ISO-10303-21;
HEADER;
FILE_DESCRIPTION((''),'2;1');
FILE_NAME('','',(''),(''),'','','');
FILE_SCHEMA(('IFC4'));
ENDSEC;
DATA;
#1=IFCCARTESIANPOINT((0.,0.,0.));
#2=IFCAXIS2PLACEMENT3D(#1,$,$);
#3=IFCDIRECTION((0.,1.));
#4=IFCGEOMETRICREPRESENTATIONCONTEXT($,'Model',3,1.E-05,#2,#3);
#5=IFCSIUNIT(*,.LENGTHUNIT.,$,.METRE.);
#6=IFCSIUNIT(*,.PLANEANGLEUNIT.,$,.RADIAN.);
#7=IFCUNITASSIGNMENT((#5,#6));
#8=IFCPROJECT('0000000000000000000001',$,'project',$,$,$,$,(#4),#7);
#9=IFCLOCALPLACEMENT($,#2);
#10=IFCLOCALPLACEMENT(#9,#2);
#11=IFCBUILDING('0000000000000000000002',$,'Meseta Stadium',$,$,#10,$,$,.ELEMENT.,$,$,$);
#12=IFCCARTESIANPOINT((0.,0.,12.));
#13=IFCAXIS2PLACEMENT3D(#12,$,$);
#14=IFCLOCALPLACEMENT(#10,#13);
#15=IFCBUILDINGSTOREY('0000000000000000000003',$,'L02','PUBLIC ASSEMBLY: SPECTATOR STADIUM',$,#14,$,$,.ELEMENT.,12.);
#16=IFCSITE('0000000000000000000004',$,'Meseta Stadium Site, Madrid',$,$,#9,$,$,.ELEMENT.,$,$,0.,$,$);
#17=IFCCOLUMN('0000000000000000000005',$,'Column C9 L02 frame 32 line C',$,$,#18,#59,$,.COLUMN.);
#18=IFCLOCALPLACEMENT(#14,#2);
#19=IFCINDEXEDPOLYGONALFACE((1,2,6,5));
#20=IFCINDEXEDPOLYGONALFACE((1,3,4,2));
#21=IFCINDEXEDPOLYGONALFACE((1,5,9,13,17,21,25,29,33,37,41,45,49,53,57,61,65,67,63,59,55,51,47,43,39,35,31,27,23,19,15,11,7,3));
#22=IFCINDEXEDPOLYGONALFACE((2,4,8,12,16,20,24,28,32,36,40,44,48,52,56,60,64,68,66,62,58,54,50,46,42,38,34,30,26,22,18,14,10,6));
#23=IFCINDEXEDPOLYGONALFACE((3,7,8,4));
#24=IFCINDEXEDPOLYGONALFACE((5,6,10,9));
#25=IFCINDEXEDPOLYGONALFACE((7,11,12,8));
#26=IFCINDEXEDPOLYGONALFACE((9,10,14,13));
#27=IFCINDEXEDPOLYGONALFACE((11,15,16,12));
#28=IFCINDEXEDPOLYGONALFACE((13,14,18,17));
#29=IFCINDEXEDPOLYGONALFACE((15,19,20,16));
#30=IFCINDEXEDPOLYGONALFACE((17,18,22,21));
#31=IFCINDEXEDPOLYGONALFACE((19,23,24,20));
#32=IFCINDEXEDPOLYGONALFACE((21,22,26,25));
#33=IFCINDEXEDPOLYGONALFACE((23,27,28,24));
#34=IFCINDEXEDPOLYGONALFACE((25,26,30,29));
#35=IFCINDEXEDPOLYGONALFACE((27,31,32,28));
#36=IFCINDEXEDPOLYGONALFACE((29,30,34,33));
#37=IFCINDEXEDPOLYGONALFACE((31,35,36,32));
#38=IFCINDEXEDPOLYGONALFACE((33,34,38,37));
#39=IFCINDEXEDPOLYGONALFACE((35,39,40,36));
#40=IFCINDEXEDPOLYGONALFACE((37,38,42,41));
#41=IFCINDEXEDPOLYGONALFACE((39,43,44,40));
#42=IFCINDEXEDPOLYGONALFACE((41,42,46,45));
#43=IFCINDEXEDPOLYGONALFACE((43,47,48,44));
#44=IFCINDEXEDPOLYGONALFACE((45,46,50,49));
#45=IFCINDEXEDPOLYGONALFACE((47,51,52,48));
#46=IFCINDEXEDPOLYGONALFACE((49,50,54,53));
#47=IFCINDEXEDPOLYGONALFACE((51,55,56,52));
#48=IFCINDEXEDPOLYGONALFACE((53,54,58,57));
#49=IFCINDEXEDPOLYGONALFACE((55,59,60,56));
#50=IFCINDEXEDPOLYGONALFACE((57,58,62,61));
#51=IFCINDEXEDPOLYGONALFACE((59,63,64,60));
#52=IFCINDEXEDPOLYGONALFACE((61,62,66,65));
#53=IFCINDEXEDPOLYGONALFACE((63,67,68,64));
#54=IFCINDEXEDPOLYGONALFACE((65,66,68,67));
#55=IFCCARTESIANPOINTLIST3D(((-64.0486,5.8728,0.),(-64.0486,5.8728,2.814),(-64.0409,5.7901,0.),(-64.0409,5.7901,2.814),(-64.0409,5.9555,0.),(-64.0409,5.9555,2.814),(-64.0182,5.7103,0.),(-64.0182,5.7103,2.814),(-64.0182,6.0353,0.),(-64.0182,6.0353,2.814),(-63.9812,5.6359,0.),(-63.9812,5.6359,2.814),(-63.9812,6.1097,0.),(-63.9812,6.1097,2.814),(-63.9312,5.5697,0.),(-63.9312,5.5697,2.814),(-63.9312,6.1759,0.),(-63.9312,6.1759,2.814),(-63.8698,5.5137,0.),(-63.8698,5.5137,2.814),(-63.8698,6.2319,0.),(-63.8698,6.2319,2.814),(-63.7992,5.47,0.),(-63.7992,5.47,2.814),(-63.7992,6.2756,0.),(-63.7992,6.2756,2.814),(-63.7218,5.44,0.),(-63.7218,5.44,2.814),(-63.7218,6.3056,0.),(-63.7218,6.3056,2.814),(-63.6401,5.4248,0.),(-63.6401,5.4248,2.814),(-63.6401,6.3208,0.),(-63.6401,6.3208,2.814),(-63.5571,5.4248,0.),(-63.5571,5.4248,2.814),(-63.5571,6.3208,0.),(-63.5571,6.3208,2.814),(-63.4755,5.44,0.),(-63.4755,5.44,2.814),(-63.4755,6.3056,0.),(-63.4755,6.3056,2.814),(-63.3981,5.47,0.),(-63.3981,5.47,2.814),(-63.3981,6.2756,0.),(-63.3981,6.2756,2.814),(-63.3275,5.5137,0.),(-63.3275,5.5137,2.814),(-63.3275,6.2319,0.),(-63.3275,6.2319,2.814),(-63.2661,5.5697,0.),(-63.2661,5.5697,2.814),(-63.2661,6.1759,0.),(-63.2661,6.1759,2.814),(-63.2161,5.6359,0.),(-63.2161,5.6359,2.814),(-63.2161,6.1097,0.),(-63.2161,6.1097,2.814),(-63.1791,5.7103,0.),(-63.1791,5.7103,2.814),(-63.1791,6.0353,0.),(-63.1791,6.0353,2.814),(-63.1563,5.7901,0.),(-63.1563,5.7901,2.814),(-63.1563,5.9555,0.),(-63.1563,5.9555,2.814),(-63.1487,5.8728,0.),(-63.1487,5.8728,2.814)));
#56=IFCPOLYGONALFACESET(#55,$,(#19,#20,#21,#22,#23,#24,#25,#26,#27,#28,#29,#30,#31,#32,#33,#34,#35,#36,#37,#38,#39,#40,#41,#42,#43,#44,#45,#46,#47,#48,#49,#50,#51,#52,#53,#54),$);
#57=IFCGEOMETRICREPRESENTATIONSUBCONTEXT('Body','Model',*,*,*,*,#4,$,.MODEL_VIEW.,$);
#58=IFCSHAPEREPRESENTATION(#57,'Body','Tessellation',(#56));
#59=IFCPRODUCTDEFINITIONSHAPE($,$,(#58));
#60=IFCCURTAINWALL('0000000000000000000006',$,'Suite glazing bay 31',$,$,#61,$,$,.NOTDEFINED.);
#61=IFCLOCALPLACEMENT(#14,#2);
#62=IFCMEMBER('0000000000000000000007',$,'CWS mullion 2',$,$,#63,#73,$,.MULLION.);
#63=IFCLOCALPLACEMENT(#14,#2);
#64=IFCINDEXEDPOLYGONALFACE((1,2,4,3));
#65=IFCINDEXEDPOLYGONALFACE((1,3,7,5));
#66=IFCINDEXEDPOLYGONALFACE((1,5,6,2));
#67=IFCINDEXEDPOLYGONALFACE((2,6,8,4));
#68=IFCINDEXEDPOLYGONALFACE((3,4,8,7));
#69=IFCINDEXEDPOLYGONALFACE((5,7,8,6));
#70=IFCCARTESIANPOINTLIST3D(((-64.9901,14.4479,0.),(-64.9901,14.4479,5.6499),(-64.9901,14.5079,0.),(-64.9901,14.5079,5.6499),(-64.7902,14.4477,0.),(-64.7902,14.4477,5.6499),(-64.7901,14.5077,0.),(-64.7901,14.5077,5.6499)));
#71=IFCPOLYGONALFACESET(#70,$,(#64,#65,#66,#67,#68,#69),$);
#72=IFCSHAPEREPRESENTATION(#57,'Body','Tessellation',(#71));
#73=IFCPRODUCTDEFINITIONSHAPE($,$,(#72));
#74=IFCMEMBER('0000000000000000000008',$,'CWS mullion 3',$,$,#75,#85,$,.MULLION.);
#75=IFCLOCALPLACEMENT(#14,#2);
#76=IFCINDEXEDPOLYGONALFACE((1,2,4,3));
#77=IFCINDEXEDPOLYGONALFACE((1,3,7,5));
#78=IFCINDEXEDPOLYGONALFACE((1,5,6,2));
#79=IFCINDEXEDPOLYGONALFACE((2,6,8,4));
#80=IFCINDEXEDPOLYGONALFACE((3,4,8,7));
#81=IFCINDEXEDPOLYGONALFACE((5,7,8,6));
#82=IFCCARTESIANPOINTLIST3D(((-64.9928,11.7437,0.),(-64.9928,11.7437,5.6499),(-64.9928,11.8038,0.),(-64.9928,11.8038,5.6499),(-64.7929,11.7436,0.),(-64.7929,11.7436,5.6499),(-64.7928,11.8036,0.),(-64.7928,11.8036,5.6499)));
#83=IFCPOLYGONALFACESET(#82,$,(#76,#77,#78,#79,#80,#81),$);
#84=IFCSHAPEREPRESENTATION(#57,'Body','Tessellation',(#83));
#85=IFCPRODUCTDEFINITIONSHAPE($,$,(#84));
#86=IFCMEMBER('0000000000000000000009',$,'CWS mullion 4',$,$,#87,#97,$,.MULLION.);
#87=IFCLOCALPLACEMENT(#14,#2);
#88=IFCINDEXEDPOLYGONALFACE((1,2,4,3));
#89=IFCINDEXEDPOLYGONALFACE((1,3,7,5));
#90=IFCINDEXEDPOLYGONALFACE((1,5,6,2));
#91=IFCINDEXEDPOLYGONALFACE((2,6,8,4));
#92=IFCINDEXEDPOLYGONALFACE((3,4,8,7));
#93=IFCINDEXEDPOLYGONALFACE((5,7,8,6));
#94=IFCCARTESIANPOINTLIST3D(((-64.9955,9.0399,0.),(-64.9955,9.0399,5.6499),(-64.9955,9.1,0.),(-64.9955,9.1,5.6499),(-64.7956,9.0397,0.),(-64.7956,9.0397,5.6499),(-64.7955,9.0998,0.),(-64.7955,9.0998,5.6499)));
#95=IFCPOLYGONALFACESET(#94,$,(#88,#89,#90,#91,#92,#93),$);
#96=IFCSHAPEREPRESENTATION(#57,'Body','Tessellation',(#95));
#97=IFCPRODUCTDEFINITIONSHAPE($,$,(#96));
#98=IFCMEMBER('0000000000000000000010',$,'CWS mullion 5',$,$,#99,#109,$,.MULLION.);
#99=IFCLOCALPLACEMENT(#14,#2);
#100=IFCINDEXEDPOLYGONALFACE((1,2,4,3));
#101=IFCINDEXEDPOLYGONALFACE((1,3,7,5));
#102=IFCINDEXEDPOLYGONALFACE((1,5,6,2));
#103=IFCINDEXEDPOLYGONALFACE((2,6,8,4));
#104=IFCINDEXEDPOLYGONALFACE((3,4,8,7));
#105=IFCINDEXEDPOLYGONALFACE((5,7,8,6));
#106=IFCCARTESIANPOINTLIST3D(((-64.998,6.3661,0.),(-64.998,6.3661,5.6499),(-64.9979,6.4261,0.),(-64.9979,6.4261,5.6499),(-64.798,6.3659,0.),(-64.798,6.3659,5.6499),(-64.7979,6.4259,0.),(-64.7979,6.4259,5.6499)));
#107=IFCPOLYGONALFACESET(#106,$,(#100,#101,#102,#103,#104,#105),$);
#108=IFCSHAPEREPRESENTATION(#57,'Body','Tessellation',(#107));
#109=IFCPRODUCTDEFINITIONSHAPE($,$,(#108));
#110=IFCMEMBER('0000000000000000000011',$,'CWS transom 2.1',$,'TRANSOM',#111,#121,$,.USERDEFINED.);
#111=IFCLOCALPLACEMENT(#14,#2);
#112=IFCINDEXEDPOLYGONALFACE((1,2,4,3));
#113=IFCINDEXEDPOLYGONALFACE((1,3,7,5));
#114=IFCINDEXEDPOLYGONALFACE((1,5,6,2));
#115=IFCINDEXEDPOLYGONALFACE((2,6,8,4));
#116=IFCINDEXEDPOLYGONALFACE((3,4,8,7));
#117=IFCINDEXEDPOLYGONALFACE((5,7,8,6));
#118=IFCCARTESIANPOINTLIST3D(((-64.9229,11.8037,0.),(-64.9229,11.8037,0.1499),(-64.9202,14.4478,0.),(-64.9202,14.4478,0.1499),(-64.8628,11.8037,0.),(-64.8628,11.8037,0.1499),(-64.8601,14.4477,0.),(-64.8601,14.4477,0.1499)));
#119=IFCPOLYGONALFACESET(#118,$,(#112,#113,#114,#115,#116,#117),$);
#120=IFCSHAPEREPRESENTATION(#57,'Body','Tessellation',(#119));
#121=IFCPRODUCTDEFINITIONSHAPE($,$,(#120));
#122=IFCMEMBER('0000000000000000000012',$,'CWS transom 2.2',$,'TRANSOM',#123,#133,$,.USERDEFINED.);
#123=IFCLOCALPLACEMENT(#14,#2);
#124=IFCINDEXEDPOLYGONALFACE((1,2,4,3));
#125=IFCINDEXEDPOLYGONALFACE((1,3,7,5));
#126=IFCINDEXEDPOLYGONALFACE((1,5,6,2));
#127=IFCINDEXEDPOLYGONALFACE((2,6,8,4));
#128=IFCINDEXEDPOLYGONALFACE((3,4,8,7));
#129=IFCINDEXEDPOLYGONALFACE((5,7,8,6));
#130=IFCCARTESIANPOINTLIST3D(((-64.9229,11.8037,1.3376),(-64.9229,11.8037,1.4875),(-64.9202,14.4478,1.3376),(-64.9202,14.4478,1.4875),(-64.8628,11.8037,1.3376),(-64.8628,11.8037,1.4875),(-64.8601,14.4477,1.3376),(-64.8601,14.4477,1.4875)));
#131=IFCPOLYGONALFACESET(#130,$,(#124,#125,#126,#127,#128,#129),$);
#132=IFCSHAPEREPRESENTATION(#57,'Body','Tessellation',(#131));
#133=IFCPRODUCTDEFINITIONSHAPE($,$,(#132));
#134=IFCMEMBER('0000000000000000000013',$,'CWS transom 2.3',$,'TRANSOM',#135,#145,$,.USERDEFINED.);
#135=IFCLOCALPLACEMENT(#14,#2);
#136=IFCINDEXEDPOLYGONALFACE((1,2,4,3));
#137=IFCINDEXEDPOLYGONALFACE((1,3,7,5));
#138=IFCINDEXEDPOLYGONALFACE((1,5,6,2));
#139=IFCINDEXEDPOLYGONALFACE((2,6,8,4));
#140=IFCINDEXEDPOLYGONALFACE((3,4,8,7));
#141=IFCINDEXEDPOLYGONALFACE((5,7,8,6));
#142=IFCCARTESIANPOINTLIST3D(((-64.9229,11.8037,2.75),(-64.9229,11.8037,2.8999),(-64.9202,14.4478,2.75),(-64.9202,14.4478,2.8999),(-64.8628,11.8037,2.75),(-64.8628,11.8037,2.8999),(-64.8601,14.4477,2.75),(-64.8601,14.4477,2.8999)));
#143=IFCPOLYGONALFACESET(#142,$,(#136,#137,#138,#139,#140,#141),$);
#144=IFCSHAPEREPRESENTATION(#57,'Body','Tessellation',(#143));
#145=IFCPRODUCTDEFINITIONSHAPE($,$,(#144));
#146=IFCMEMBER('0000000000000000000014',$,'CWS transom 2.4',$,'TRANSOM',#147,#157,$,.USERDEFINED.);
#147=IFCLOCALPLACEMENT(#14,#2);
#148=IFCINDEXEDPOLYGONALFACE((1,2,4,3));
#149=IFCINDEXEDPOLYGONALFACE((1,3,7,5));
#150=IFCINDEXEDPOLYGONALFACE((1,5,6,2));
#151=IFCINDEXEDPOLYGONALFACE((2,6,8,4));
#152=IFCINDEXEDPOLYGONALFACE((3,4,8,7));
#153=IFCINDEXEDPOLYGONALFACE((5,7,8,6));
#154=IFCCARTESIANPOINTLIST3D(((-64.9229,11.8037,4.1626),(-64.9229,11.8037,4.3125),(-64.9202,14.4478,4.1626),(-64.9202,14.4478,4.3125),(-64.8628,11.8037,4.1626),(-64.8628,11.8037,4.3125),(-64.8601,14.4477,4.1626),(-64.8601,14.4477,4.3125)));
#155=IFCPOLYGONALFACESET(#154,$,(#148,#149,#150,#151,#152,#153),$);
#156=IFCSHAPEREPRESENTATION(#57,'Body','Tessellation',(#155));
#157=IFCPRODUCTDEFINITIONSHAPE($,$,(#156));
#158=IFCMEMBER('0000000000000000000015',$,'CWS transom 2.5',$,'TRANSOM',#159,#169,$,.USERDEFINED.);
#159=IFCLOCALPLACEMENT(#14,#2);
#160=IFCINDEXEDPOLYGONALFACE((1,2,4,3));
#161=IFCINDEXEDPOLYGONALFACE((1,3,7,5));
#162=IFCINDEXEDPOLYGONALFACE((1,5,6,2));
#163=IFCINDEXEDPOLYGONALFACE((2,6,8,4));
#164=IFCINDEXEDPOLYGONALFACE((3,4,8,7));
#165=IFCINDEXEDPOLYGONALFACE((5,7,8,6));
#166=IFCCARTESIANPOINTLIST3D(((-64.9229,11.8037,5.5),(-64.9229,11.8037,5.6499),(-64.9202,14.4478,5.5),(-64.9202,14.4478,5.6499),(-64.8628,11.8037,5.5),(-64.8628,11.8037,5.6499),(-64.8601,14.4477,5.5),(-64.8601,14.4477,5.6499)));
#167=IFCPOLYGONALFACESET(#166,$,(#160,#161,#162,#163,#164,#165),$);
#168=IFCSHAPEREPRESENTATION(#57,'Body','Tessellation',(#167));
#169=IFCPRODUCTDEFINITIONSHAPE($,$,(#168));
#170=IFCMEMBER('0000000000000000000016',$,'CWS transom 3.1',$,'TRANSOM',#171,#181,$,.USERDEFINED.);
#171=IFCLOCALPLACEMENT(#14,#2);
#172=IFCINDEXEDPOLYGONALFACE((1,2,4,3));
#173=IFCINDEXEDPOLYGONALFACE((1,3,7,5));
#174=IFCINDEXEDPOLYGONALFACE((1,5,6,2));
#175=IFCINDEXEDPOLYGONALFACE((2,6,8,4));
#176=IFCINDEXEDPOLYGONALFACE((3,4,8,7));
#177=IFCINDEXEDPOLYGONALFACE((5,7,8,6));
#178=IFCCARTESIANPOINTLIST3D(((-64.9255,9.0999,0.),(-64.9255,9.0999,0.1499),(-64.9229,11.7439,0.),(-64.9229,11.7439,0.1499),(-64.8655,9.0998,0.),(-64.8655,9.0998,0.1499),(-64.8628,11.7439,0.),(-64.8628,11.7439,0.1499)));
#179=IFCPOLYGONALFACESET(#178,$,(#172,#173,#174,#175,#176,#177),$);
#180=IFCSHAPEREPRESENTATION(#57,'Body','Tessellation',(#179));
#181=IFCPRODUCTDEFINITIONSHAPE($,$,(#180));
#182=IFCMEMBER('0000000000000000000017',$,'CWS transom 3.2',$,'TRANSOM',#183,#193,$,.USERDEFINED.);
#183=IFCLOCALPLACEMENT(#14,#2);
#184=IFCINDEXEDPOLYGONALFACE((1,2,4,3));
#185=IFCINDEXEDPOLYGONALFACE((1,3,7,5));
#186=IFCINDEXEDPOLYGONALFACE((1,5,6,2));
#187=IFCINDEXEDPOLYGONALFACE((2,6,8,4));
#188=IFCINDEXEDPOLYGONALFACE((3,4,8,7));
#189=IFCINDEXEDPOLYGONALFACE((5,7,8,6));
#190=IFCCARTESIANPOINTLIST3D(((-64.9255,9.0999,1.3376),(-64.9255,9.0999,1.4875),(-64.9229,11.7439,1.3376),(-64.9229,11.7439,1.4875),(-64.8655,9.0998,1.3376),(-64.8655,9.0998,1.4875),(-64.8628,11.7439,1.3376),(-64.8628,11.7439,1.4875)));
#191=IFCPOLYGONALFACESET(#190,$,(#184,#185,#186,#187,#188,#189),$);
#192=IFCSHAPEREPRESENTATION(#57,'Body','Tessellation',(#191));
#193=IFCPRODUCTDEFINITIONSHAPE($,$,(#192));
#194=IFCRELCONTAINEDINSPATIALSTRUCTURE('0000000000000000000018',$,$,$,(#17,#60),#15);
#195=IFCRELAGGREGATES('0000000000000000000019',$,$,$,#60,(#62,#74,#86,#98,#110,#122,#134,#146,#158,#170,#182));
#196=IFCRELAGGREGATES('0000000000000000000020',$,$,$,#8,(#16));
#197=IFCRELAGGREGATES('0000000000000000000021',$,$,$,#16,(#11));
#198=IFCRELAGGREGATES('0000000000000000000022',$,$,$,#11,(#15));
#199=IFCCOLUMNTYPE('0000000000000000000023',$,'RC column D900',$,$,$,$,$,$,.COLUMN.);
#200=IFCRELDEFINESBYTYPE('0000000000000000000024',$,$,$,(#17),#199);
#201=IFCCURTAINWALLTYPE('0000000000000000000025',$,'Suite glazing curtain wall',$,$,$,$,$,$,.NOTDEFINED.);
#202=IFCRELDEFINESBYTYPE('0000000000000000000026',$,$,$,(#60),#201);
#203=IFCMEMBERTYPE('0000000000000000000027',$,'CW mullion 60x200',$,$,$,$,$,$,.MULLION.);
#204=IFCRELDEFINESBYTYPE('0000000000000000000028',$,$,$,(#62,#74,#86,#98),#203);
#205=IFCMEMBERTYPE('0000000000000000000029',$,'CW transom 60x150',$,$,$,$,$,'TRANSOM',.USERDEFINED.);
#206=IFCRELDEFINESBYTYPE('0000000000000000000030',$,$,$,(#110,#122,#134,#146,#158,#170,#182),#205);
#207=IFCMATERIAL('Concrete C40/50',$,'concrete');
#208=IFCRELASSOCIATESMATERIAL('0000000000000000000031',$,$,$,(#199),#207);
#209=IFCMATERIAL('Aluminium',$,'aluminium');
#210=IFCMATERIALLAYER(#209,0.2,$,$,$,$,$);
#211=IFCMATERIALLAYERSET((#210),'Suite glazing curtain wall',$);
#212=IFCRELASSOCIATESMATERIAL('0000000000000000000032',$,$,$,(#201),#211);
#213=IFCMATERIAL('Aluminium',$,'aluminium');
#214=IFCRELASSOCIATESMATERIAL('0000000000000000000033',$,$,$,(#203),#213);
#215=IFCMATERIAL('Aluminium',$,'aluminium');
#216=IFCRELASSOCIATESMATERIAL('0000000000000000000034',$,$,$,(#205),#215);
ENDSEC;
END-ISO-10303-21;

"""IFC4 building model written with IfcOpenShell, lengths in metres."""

from ifc_helpers import new_model, si_unit, direction, frame, origin, origin_2d, place, context, subcontext, project, spatial, rectangle, circle, extrude, material, layer, layer_set, material_profile, profile_set, type_object, element, aggregate, save


model = new_model("IFC4")

# Units and contexts
model_context = context("Model", 3, precision=1e-05, world=origin(), true_north=direction((0.0, 1.0)))
body_context = subcontext(model_context, "Body", "Model", "MODEL_VIEW")
ifc_project = project(units=[si_unit("LENGTHUNIT", "METRE"), si_unit("PLANEANGLEUNIT", "RADIAN")], contexts=[model_context])

# Site, building, storey
site_placement = place(None, origin())
site = spatial("IfcSite", under=ifc_project, at=site_placement, Name="Meseta Stadium Site, Madrid", CompositionType="ELEMENT", RefElevation=0.0)
building_placement = place(site_placement, origin())
building = spatial("IfcBuilding", under=site, at=building_placement, Name="Meseta Stadium", CompositionType="ELEMENT")
storey_placement = place(building_placement, frame((0.0, 0.0, 12.0)))
storey = spatial("IfcBuildingStorey", under=building, at=storey_placement, Name="L02", Description="PUBLIC ASSEMBLY: SPECTATOR STADIUM", CompositionType="ELEMENT", Elevation=12.0)

# Column
ifc_material_1 = material(Name="Concrete C40/50", Category="concrete")
ifc_material_profile_1 = material_profile(ifc_material_1, circle(Radius=0.45, at=origin_2d()), Name="RC D900")
ifc_profile_set_1 = profile_set([ifc_material_profile_1], Name="Concrete C40/50")
column_type = type_object("IfcColumnType", Name="RC column D900", PredefinedType="COLUMN", material=ifc_profile_set_1)
column_placement = place(storey_placement, frame((-63.5986, 5.8728, 0.0), z_axis=(0.0, 0.0, 1.0), x_axis=(1.0, 0.0, 0.0)))
element("IfcColumn", 1, at=column_placement, inside=storey, type_object=column_type, Name="Column C9 L02 frame 32 line C", PredefinedType="COLUMN", context=body_context, shape_type="SweptSolid", body=[
    extrude(circle(Radius=0.45, at=origin_2d()), origin(), (0.0, 0.0, 1.0), 2.814),
])

# Curtain wall, members
ifc_material_2 = material(Name="Aluminium", Category="aluminium")
ifc_layer_1 = layer(ifc_material_2, 0.2)
ifc_layer_set_1 = layer_set([ifc_layer_1], Name="Suite glazing curtain wall")
curtain_wall_type = type_object("IfcCurtainWallType", Name="Suite glazing curtain wall", PredefinedType="NOTDEFINED", material=ifc_layer_set_1)
curtain_wall_placement = place(storey_placement, origin())
curtain_wall = element("IfcCurtainWall", 2, at=curtain_wall_placement, inside=storey, type_object=curtain_wall_type, Name="Suite glazing bay 31", PredefinedType="NOTDEFINED")
ifc_material_3 = material(Name="Aluminium", Category="aluminium")
ifc_material_profile_2 = material_profile(ifc_material_3, rectangle(XDim=0.2, YDim=0.0601, at=origin_2d()), Name="CW 200x60")
ifc_profile_set_2 = profile_set([ifc_material_profile_2], Name="Aluminium")
member_type_1 = type_object("IfcMemberType", Name="CW mullion 60x200", PredefinedType="MULLION", material=ifc_profile_set_2)
member_1_placement = place(storey_placement, frame((-64.8901, 14.4778, 0.0), z_axis=(0.0, 0.0, 1.0), x_axis=(1.0, -0.000975, 0.0)))
member_1 = element("IfcMember", 3, at=member_1_placement, type_object=member_type_1, Name="CWS mullion 2", PredefinedType="MULLION", context=body_context, shape_type="SweptSolid", body=[
    extrude(rectangle(XDim=0.2, YDim=0.0601, at=origin_2d()), origin(), (0.0, 0.0, 1.0), 5.6499),
])
member_2_placement = place(storey_placement, frame((-64.8928, 11.7737, 0.0), z_axis=(0.0, 0.0, 1.0), x_axis=(1.0, -0.000975, 0.0)))
member_2 = element("IfcMember", 4, at=member_2_placement, type_object=member_type_1, Name="CWS mullion 3", PredefinedType="MULLION", context=body_context, shape_type="SweptSolid", body=[
    extrude(rectangle(XDim=0.2, YDim=0.0601, at=origin_2d()), origin(), (0.0, 0.0, 1.0), 5.6499),
])
member_3_placement = place(storey_placement, frame((-64.8955, 9.0698, 0.0), z_axis=(0.0, 0.0, 1.0), x_axis=(1.0, -0.000975, 0.0)))
member_3 = element("IfcMember", 5, at=member_3_placement, type_object=member_type_1, Name="CWS mullion 4", PredefinedType="MULLION", context=body_context, shape_type="SweptSolid", body=[
    extrude(rectangle(XDim=0.2, YDim=0.0601, at=origin_2d()), origin(), (0.0, 0.0, 1.0), 5.6499),
])
member_4_placement = place(storey_placement, frame((-64.8979, 6.396, 0.0), z_axis=(0.0, 0.0, 1.0), x_axis=(1.0, -0.000975, 0.0)))
member_4 = element("IfcMember", 6, at=member_4_placement, type_object=member_type_1, Name="CWS mullion 5", PredefinedType="MULLION", context=body_context, shape_type="SweptSolid", body=[
    extrude(rectangle(XDim=0.2, YDim=0.0601, at=origin_2d()), origin(), (0.0, 0.0, 1.0), 5.6499),
])
ifc_material_4 = material(Name="Aluminium", Category="aluminium")
ifc_material_profile_3 = material_profile(ifc_material_4, rectangle(XDim=0.0601, YDim=0.1499, at=origin_2d()), Name="CW 60x150")
ifc_profile_set_3 = profile_set([ifc_material_profile_3], Name="Aluminium")
member_type_2 = type_object("IfcMemberType", Name="CW transom 60x150", ElementType="TRANSOM", PredefinedType="USERDEFINED", material=ifc_profile_set_3)
member_5_placement = place(storey_placement, frame((-64.8901, 14.4478, 0.075), z_axis=(-0.001016, -0.999999, 0.0), x_axis=(0.999999, -0.001016, 0.0)))
member_5 = element("IfcMember", 7, at=member_5_placement, type_object=member_type_2, Name="CWS transom 2.1", ObjectType="TRANSOM", PredefinedType="USERDEFINED", context=body_context, shape_type="SweptSolid", body=[
    extrude(rectangle(XDim=0.0601, YDim=0.1499, at=origin_2d()), origin(), (0.0, 0.0, 1.0), 2.644),
])
member_6_placement = place(storey_placement, frame((-64.8901, 14.4478, 1.4126), z_axis=(-0.001016, -0.999999, 0.0), x_axis=(0.999999, -0.001016, 0.0)))
member_6 = element("IfcMember", 8, at=member_6_placement, type_object=member_type_2, Name="CWS transom 2.2", ObjectType="TRANSOM", PredefinedType="USERDEFINED", context=body_context, shape_type="SweptSolid", body=[
    extrude(rectangle(XDim=0.0601, YDim=0.1499, at=origin_2d()), origin(), (0.0, 0.0, 1.0), 2.644),
])
member_7_placement = place(storey_placement, frame((-64.8901, 14.4478, 2.825), z_axis=(-0.001016, -0.999999, 0.0), x_axis=(0.999999, -0.001016, 0.0)))
member_7 = element("IfcMember", 9, at=member_7_placement, type_object=member_type_2, Name="CWS transom 2.3", ObjectType="TRANSOM", PredefinedType="USERDEFINED", context=body_context, shape_type="SweptSolid", body=[
    extrude(rectangle(XDim=0.0601, YDim=0.1499, at=origin_2d()), origin(), (0.0, 0.0, 1.0), 2.644),
])
member_8_placement = place(storey_placement, frame((-64.8901, 14.4478, 4.2375), z_axis=(-0.001016, -0.999999, 0.0), x_axis=(0.999999, -0.001016, 0.0)))
member_8 = element("IfcMember", 10, at=member_8_placement, type_object=member_type_2, Name="CWS transom 2.4", ObjectType="TRANSOM", PredefinedType="USERDEFINED", context=body_context, shape_type="SweptSolid", body=[
    extrude(rectangle(XDim=0.0601, YDim=0.1499, at=origin_2d()), origin(), (0.0, 0.0, 1.0), 2.644),
])
member_9_placement = place(storey_placement, frame((-64.8901, 14.4478, 5.575), z_axis=(-0.001016, -0.999999, 0.0), x_axis=(0.999999, -0.001016, 0.0)))
member_9 = element("IfcMember", 11, at=member_9_placement, type_object=member_type_2, Name="CWS transom 2.5", ObjectType="TRANSOM", PredefinedType="USERDEFINED", context=body_context, shape_type="SweptSolid", body=[
    extrude(rectangle(XDim=0.0601, YDim=0.1499, at=origin_2d()), origin(), (0.0, 0.0, 1.0), 2.644),
])
member_10_placement = place(storey_placement, frame((-64.8928, 11.7439, 0.075), z_axis=(-0.001016, -0.999999, 0.0), x_axis=(0.999999, -0.001016, 0.0)))
member_10 = element("IfcMember", 12, at=member_10_placement, type_object=member_type_2, Name="CWS transom 3.1", ObjectType="TRANSOM", PredefinedType="USERDEFINED", context=body_context, shape_type="SweptSolid", body=[
    extrude(rectangle(XDim=0.0601, YDim=0.1499, at=origin_2d()), origin(), (0.0, 0.0, 1.0), 2.644),
])
member_11_placement = place(storey_placement, frame((-64.8928, 11.7439, 1.4126), z_axis=(-0.001016, -0.999999, 0.0), x_axis=(0.999999, -0.001016, 0.0)))
member_11 = element("IfcMember", 13, at=member_11_placement, type_object=member_type_2, Name="CWS transom 3.2", ObjectType="TRANSOM", PredefinedType="USERDEFINED", context=body_context, shape_type="SweptSolid", body=[
    extrude(rectangle(XDim=0.0601, YDim=0.1499, at=origin_2d()), origin(), (0.0, 0.0, 1.0), 2.644),
])
aggregate(curtain_wall, [member_1, member_2, member_3, member_4, member_5, member_6, member_7, member_8, member_9, member_10, member_11])

save(model, "model.ifc")
